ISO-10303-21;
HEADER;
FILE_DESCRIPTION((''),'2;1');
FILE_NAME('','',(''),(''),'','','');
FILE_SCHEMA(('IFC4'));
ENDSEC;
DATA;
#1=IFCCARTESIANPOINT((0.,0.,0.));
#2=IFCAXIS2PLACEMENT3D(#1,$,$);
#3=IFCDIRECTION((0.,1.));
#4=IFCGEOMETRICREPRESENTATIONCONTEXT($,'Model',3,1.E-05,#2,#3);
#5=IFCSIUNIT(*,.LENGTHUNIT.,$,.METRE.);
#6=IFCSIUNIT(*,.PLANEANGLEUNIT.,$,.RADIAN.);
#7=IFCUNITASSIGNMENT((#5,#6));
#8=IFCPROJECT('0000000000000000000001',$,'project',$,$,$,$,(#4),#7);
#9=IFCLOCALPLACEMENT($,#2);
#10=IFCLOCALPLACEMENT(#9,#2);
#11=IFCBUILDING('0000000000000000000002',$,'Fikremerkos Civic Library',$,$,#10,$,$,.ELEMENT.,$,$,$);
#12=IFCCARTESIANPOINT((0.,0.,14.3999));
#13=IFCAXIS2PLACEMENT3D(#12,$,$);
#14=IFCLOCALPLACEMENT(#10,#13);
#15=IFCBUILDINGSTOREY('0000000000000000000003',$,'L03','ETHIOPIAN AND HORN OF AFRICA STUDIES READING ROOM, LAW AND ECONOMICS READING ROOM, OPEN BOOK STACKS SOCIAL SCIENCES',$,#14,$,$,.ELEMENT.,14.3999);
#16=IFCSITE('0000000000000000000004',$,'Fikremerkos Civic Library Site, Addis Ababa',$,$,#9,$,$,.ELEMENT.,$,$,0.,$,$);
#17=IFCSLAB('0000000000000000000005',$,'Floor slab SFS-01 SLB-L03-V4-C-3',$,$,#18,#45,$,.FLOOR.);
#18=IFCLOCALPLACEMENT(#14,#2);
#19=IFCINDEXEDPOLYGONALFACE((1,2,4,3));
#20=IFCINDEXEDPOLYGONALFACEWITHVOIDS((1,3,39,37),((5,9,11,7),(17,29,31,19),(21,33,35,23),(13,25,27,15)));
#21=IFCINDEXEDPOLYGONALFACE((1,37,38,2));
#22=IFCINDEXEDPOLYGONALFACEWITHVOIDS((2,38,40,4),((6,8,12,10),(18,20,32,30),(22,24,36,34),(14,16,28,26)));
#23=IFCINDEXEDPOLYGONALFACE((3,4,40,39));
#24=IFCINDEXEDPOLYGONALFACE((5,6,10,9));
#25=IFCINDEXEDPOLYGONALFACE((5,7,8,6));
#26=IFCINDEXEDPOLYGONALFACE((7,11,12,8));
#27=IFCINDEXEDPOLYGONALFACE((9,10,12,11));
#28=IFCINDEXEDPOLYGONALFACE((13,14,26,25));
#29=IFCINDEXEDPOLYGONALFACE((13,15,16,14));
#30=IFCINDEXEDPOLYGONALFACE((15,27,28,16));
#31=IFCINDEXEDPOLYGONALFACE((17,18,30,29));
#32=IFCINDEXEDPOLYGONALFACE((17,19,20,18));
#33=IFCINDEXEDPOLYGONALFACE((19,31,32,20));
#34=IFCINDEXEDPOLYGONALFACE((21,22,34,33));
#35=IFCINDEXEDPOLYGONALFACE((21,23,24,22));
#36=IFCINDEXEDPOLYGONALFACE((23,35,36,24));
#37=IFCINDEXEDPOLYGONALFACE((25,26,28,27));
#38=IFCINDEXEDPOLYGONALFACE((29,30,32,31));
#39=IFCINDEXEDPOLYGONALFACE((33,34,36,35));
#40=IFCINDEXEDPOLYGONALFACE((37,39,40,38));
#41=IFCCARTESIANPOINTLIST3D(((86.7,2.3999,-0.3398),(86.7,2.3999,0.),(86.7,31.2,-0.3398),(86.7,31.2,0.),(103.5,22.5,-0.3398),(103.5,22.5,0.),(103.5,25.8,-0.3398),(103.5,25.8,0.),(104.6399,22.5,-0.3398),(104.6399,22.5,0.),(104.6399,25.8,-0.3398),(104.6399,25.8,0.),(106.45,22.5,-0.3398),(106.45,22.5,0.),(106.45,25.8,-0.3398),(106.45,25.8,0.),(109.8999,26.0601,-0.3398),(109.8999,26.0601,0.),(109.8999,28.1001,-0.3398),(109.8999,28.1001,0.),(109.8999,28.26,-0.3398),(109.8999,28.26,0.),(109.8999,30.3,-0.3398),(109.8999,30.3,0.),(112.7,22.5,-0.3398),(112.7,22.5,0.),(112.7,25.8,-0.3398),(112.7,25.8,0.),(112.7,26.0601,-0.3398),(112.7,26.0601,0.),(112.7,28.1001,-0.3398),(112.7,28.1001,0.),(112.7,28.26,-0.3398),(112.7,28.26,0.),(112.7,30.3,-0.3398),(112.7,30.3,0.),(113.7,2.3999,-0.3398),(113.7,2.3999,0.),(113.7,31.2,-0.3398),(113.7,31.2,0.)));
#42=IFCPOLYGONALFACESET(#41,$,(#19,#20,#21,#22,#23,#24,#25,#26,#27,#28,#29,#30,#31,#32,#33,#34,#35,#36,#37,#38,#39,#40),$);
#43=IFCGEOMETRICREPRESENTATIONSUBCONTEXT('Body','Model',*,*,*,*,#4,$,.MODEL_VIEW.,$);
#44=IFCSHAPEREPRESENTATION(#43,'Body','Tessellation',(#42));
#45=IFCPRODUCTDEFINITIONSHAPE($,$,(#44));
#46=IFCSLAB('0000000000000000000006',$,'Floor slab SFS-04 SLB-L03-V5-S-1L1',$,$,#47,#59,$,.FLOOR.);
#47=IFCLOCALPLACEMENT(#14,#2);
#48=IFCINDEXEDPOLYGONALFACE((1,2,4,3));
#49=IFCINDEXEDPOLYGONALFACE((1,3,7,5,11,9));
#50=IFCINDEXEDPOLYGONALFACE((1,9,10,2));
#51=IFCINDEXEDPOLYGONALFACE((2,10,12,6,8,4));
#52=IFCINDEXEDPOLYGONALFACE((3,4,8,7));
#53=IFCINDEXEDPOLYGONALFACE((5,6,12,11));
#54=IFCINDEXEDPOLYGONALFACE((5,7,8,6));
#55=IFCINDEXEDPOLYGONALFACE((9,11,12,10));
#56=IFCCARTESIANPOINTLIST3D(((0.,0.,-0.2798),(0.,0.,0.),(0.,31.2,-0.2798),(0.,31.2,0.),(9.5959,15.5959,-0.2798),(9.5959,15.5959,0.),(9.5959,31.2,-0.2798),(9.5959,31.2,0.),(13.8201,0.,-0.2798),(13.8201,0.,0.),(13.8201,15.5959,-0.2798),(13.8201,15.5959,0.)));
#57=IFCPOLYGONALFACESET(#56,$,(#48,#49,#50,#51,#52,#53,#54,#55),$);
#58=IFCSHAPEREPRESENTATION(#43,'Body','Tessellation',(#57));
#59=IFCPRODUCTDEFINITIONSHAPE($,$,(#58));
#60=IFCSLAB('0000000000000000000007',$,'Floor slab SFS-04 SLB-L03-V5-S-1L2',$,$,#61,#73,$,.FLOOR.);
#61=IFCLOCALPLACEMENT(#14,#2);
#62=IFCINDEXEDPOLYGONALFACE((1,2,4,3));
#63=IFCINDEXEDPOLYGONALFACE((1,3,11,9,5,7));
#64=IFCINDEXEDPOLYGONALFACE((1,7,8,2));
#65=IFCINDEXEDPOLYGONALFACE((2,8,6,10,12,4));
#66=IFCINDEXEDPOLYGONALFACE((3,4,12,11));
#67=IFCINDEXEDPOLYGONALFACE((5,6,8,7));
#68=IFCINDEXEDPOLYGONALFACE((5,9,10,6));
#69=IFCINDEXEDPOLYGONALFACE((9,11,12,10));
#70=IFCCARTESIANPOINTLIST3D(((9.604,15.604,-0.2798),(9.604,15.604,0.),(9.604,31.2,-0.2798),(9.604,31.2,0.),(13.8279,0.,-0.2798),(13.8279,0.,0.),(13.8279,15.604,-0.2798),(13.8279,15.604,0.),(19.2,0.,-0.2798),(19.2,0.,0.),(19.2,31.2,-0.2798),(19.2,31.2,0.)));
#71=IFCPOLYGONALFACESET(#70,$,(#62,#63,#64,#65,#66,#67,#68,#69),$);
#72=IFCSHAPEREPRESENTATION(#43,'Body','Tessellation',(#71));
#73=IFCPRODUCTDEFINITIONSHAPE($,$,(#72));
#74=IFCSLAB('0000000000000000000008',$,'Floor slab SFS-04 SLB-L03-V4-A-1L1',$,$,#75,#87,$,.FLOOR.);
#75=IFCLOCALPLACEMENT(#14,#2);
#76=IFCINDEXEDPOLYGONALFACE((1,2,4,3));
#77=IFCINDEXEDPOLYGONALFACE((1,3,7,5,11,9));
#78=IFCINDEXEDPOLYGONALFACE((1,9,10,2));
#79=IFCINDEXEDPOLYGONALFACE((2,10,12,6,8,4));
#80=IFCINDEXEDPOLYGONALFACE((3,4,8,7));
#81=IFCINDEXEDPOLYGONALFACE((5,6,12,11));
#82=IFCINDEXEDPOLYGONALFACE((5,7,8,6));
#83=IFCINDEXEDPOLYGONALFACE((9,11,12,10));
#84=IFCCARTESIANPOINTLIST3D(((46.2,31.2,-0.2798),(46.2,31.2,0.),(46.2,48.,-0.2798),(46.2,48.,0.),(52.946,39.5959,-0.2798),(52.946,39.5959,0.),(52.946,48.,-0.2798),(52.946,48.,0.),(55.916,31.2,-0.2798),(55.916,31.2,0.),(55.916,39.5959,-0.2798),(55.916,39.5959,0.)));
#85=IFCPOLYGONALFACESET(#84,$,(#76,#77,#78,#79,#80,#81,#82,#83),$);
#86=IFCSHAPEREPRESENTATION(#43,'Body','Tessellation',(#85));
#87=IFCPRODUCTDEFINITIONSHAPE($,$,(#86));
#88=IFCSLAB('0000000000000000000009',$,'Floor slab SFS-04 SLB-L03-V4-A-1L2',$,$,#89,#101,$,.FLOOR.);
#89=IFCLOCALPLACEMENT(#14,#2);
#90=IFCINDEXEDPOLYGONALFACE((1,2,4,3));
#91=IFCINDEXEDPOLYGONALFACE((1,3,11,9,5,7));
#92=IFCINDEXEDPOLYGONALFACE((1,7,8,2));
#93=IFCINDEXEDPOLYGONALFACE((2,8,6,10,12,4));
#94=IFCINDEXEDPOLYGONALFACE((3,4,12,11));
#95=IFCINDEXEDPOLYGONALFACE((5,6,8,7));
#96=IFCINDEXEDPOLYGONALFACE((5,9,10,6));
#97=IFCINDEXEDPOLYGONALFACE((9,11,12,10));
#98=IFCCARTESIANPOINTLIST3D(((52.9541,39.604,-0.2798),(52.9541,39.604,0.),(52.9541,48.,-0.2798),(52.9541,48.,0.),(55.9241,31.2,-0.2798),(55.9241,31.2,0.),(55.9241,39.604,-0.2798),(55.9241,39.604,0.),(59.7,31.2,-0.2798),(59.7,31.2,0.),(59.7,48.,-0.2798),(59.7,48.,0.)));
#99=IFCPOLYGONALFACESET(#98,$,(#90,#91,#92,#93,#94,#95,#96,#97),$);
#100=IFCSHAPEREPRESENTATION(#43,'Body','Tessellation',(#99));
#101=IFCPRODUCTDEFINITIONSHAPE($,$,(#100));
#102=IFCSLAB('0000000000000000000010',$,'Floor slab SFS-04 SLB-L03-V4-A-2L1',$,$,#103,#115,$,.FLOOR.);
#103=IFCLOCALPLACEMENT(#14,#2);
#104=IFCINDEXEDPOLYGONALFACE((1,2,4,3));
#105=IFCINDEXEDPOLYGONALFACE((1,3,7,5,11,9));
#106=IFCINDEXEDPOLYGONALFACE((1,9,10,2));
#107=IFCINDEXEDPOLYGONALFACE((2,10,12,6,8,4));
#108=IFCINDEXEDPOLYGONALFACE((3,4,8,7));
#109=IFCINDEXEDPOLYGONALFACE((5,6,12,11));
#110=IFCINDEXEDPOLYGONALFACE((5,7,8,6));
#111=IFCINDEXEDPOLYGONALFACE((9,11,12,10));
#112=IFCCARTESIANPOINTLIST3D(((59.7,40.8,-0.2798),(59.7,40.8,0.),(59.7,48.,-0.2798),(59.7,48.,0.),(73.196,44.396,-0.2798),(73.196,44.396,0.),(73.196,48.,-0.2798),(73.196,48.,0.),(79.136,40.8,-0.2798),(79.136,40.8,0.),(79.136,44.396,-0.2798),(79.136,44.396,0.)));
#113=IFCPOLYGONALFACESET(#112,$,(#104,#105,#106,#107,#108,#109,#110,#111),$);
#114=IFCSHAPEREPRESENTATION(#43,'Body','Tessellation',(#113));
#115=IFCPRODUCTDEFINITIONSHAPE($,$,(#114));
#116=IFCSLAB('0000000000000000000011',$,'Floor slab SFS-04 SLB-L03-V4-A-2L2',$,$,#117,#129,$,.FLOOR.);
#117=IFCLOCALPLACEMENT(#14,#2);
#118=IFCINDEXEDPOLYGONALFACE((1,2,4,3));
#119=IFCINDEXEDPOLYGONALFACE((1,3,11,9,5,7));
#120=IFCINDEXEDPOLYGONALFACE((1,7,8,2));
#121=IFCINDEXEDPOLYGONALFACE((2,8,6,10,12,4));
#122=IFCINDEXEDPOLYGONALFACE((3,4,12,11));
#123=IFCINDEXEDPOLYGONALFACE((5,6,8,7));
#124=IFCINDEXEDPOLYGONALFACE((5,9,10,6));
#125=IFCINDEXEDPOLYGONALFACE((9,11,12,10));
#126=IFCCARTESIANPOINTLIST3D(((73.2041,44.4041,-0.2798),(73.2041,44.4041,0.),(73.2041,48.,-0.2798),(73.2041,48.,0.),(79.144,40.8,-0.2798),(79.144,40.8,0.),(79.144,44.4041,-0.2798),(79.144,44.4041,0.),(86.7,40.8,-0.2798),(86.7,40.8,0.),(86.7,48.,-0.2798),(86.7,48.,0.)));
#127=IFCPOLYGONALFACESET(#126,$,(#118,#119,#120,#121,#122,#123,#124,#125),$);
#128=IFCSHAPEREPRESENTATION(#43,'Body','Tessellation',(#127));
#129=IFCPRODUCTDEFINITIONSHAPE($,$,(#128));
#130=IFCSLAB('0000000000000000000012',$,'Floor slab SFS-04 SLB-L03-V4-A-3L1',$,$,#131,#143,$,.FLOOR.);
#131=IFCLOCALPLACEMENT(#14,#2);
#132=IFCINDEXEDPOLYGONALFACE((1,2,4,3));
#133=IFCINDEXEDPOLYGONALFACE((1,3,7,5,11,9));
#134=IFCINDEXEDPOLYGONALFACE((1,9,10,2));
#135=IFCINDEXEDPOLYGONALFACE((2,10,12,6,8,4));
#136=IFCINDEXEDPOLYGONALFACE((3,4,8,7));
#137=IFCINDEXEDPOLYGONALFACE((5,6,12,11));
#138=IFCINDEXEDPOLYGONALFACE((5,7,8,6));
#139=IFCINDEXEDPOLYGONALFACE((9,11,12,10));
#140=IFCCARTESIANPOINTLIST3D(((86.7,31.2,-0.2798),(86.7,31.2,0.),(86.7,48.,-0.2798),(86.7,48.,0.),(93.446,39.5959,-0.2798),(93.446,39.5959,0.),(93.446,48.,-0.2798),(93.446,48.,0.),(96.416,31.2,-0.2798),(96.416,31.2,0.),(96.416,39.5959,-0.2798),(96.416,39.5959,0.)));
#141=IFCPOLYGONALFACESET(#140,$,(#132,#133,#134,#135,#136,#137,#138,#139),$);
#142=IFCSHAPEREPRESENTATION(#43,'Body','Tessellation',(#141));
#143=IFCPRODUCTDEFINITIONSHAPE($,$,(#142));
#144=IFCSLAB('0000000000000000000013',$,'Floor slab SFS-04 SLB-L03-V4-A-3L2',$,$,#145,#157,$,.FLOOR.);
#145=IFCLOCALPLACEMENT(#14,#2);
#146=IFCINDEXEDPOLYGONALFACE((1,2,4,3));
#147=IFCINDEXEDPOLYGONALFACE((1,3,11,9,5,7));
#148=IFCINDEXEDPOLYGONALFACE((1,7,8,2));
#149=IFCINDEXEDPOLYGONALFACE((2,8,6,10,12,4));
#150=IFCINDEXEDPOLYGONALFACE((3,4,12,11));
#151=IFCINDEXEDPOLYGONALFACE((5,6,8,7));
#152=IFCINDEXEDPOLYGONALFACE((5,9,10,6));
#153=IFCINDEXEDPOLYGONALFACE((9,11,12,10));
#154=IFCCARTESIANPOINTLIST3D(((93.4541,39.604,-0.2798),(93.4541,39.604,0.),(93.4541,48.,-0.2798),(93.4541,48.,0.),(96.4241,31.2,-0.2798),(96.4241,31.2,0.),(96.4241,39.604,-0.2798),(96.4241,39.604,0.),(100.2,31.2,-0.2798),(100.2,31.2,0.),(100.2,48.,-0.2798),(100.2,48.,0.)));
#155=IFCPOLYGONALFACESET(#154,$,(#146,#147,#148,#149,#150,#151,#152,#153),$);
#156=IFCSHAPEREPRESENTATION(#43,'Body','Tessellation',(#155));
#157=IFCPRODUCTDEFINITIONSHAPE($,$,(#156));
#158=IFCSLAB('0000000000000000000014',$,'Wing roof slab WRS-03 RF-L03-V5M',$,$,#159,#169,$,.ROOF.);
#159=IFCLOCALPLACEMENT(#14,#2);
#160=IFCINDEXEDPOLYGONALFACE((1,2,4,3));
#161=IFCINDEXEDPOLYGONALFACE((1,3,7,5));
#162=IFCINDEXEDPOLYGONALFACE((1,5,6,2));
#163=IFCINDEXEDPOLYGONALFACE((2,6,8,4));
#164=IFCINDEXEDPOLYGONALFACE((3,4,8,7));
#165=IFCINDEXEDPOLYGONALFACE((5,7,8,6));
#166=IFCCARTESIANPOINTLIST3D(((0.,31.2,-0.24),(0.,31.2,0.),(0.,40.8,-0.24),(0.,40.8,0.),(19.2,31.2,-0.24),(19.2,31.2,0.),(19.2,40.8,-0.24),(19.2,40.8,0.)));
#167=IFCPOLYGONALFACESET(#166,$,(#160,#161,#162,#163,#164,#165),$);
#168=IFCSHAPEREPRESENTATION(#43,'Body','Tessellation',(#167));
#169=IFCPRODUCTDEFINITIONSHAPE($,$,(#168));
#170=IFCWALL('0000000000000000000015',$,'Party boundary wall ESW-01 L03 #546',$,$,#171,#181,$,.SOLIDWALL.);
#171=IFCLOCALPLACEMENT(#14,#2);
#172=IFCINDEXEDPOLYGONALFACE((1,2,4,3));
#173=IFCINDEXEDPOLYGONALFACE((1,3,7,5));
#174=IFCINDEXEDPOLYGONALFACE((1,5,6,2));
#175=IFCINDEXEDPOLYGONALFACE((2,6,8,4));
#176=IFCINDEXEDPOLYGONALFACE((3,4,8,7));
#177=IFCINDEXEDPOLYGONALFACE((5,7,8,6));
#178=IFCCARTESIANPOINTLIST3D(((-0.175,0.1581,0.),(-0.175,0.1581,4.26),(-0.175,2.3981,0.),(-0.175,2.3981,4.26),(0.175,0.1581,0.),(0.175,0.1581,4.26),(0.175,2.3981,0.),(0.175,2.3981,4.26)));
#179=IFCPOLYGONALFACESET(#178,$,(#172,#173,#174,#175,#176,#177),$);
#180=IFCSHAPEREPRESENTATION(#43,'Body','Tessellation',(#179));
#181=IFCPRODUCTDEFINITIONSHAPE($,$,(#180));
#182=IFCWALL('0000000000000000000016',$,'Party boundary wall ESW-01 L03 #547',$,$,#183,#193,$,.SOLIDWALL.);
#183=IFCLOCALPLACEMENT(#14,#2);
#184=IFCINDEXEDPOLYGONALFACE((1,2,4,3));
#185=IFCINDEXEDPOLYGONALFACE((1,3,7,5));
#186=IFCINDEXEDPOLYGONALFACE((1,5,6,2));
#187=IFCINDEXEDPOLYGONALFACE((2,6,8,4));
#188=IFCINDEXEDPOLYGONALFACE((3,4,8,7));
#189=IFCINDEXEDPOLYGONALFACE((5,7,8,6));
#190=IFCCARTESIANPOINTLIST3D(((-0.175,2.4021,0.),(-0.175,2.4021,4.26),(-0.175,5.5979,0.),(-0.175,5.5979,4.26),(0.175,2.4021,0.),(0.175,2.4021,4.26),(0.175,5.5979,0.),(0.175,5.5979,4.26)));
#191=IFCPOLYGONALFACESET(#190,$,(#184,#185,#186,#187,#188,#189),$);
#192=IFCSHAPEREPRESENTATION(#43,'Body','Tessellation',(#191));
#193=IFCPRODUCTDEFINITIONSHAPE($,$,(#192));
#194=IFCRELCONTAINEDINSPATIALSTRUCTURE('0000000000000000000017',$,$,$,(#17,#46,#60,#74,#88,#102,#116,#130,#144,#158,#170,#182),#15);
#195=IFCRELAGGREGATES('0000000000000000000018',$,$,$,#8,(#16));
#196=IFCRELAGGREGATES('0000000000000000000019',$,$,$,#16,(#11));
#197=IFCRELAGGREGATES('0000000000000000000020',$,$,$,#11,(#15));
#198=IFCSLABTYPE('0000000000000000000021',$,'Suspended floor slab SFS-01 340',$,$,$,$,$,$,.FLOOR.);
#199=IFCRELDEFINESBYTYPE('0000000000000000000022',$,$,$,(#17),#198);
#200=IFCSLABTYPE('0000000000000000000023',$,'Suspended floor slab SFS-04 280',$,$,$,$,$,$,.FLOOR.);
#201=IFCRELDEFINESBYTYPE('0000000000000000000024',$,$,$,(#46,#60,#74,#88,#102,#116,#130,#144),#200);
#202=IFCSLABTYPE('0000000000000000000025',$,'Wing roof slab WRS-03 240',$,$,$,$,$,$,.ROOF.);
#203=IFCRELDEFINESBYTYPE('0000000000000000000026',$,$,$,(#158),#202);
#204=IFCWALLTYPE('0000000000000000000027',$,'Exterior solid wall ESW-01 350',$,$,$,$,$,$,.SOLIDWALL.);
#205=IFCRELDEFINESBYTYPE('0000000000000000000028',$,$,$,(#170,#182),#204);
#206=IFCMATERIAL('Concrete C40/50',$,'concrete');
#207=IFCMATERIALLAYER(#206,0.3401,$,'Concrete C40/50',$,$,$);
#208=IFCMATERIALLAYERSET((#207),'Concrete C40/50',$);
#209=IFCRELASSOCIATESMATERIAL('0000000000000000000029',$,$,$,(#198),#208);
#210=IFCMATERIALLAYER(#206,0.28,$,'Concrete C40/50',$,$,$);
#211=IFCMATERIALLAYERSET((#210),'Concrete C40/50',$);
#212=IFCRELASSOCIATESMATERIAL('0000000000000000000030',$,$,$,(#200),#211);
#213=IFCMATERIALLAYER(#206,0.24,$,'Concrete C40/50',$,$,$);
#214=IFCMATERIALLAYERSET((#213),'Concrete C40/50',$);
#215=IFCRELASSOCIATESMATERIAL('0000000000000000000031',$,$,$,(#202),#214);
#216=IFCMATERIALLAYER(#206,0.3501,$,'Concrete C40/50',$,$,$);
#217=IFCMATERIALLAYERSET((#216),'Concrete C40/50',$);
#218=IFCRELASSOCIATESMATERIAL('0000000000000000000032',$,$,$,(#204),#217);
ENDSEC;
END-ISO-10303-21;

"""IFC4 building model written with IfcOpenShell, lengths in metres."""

from ifc_helpers import new_model, si_unit, direction, frame, frame_2d, origin, place, context, subcontext, project, spatial, polyline, rectangle, outline, extrude, material, layer, layer_set, type_object, element, save


model = new_model("IFC4")

# Units and contexts
model_context = context("Model", 3, precision=1e-05, world=origin(), true_north=direction((0.0, 1.0)))
body_context = subcontext(model_context, "Body", "Model", "MODEL_VIEW")
ifc_project = project(units=[si_unit("LENGTHUNIT", "METRE"), si_unit("PLANEANGLEUNIT", "RADIAN")], contexts=[model_context])

# Site, building, storey
site_placement = place(None, origin())
site = spatial("IfcSite", under=ifc_project, at=site_placement, Name="Fikremerkos Civic Library Site, Addis Ababa", CompositionType="ELEMENT", RefElevation=0.0)
building_placement = place(site_placement, origin())
building = spatial("IfcBuilding", under=site, at=building_placement, Name="Fikremerkos Civic Library", CompositionType="ELEMENT")
storey_placement = place(building_placement, frame((0.0, 0.0, 14.3999)))
storey = spatial("IfcBuildingStorey", under=building, at=storey_placement, Name="L03", Description="ETHIOPIAN AND HORN OF AFRICA STUDIES READING ROOM, LAW AND ECONOMICS READING ROOM, OPEN BOOK STACKS SOCIAL SCIENCES", CompositionType="ELEMENT", Elevation=14.3999)

# Shared definitions
ifc_material_1 = material(Name="Concrete C40/50", Category="concrete")

# Slabs
ifc_layer_1 = layer(ifc_material_1, 0.3401, Name="Concrete C40/50")
ifc_layer_set_1 = layer_set([ifc_layer_1], Name="Concrete C40/50")
slab_type_1 = type_object("IfcSlabType", Name="Suspended floor slab SFS-01 340", PredefinedType="FLOOR", material=ifc_layer_set_1)
slab_1_placement = place(storey_placement, frame((0.0, 0.0, -0.3398)))
element("IfcSlab", 1, at=slab_1_placement, inside=storey, type_object=slab_type_1, Name="Floor slab SFS-01 SLB-L03-V4-C-3", PredefinedType="FLOOR", context=body_context, shape_type="SweptSolid", body=[
    extrude(outline(polyline([(86.7, 2.3999), (113.7, 2.3999), (113.7, 31.2), (86.7, 31.2), (86.7, 2.3999)]), holes=[polyline([(106.45, 22.5), (112.7, 22.5), (112.7, 25.8), (106.45, 25.8), (106.45, 22.5)]), polyline([(109.8999, 26.0601), (112.7, 26.0601), (112.7, 28.1001), (109.8999, 28.1001), (109.8999, 26.0601)]), polyline([(109.8999, 28.26), (112.7, 28.26), (112.7, 30.3), (109.8999, 30.3), (109.8999, 28.26)]), polyline([(103.5, 22.5), (104.6399, 22.5), (104.6399, 25.8), (103.5, 25.8), (103.5, 22.5)])]), origin(), (0.0, 0.0, 1.0), 0.3398),
])
ifc_layer_2 = layer(ifc_material_1, 0.28, Name="Concrete C40/50")
ifc_layer_set_2 = layer_set([ifc_layer_2], Name="Concrete C40/50")
slab_type_2 = type_object("IfcSlabType", Name="Suspended floor slab SFS-04 280", PredefinedType="FLOOR", material=ifc_layer_set_2)
slab_2_placement = place(storey_placement, frame((0.0, 0.0, -0.2798)))
element("IfcSlab", 2, at=slab_2_placement, inside=storey, type_object=slab_type_2, Name="Floor slab SFS-04 SLB-L03-V5-S-1L1", PredefinedType="FLOOR", context=body_context, shape_type="SweptSolid", body=[
    extrude(outline(polyline([(0.0, 0.0), (13.8201, 0.0), (13.8201, 15.5959), (9.5959, 15.5959), (9.5959, 31.2), (0.0, 31.2), (0.0, 0.0)])), origin(), (0.0, 0.0, 1.0), 0.2798),
])
slab_3_placement = place(storey_placement, frame((0.0, 0.0, -0.2798)))
element("IfcSlab", 3, at=slab_3_placement, inside=storey, type_object=slab_type_2, Name="Floor slab SFS-04 SLB-L03-V5-S-1L2", PredefinedType="FLOOR", context=body_context, shape_type="SweptSolid", body=[
    extrude(outline(polyline([(13.8279, 0.0), (19.2, 0.0), (19.2, 31.2), (9.604, 31.2), (9.604, 15.604), (13.8279, 15.604), (13.8279, 0.0)])), origin(), (0.0, 0.0, 1.0), 0.2798),
])
slab_4_placement = place(storey_placement, frame((0.0, 0.0, -0.2798)))
element("IfcSlab", 4, at=slab_4_placement, inside=storey, type_object=slab_type_2, Name="Floor slab SFS-04 SLB-L03-V4-A-1L1", PredefinedType="FLOOR", context=body_context, shape_type="SweptSolid", body=[
    extrude(outline(polyline([(46.2, 31.2), (55.916, 31.2), (55.916, 39.5959), (52.946, 39.5959), (52.946, 48.0), (46.2, 48.0), (46.2, 31.2)])), origin(), (0.0, 0.0, 1.0), 0.2798),
])
slab_5_placement = place(storey_placement, frame((0.0, 0.0, -0.2798)))
element("IfcSlab", 5, at=slab_5_placement, inside=storey, type_object=slab_type_2, Name="Floor slab SFS-04 SLB-L03-V4-A-1L2", PredefinedType="FLOOR", context=body_context, shape_type="SweptSolid", body=[
    extrude(outline(polyline([(55.9241, 31.2), (59.7, 31.2), (59.7, 48.0), (52.9541, 48.0), (52.9541, 39.604), (55.9241, 39.604), (55.9241, 31.2)])), origin(), (0.0, 0.0, 1.0), 0.2798),
])
slab_6_placement = place(storey_placement, frame((0.0, 0.0, -0.2798)))
element("IfcSlab", 6, at=slab_6_placement, inside=storey, type_object=slab_type_2, Name="Floor slab SFS-04 SLB-L03-V4-A-2L1", PredefinedType="FLOOR", context=body_context, shape_type="SweptSolid", body=[
    extrude(outline(polyline([(59.7, 40.8), (79.136, 40.8), (79.136, 44.396), (73.196, 44.396), (73.196, 48.0), (59.7, 48.0), (59.7, 40.8)])), origin(), (0.0, 0.0, 1.0), 0.2798),
])
slab_7_placement = place(storey_placement, frame((0.0, 0.0, -0.2798)))
element("IfcSlab", 7, at=slab_7_placement, inside=storey, type_object=slab_type_2, Name="Floor slab SFS-04 SLB-L03-V4-A-2L2", PredefinedType="FLOOR", context=body_context, shape_type="SweptSolid", body=[
    extrude(outline(polyline([(79.144, 40.8), (86.7, 40.8), (86.7, 48.0), (73.2041, 48.0), (73.2041, 44.4041), (79.144, 44.4041), (79.144, 40.8)])), origin(), (0.0, 0.0, 1.0), 0.2798),
])
slab_8_placement = place(storey_placement, frame((0.0, 0.0, -0.2798)))
element("IfcSlab", 8, at=slab_8_placement, inside=storey, type_object=slab_type_2, Name="Floor slab SFS-04 SLB-L03-V4-A-3L1", PredefinedType="FLOOR", context=body_context, shape_type="SweptSolid", body=[
    extrude(outline(polyline([(86.7, 31.2), (96.416, 31.2), (96.416, 39.5959), (93.446, 39.5959), (93.446, 48.0), (86.7, 48.0), (86.7, 31.2)])), origin(), (0.0, 0.0, 1.0), 0.2798),
])
slab_9_placement = place(storey_placement, frame((0.0, 0.0, -0.2798)))
element("IfcSlab", 9, at=slab_9_placement, inside=storey, type_object=slab_type_2, Name="Floor slab SFS-04 SLB-L03-V4-A-3L2", PredefinedType="FLOOR", context=body_context, shape_type="SweptSolid", body=[
    extrude(outline(polyline([(96.4241, 31.2), (100.2, 31.2), (100.2, 48.0), (93.4541, 48.0), (93.4541, 39.604), (96.4241, 39.604), (96.4241, 31.2)])), origin(), (0.0, 0.0, 1.0), 0.2798),
])
ifc_layer_3 = layer(ifc_material_1, 0.24, Name="Concrete C40/50")
ifc_layer_set_3 = layer_set([ifc_layer_3], Name="Concrete C40/50")
slab_type_3 = type_object("IfcSlabType", Name="Wing roof slab WRS-03 240", PredefinedType="ROOF", material=ifc_layer_set_3)
slab_10_placement = place(storey_placement, frame((0.0, 0.0, -0.24)))
element("IfcSlab", 10, at=slab_10_placement, inside=storey, type_object=slab_type_3, Name="Wing roof slab WRS-03 RF-L03-V5M", PredefinedType="ROOF", context=body_context, shape_type="SweptSolid", body=[
    extrude(outline(polyline([(0.0, 31.2), (19.2, 31.2), (19.2, 40.8), (0.0, 40.8), (0.0, 31.2)])), origin(), (0.0, 0.0, 1.0), 0.24),
])

# Walls
ifc_layer_4 = layer(ifc_material_1, 0.3501, Name="Concrete C40/50")
ifc_layer_set_4 = layer_set([ifc_layer_4], Name="Concrete C40/50")
wall_type = type_object("IfcWallType", Name="Exterior solid wall ESW-01 350", PredefinedType="SOLIDWALL", material=ifc_layer_set_4)
wall_1_placement = place(storey_placement, frame((0.0, 0.158, 0.0), z_axis=(0.0, 0.0, 1.0), x_axis=(0.0, 1.0, 0.0)))
element("IfcWall", 11, at=wall_1_placement, inside=storey, type_object=wall_type, Name="Party boundary wall ESW-01 L03 #546", PredefinedType="SOLIDWALL", context=body_context, shape_type="SweptSolid", body=[
    extrude(rectangle(XDim=2.24, YDim=0.3501, at=frame_2d((1.1201, 0.0))), origin(), (0.0, 0.0, 1.0), 4.26),
])
wall_2_placement = place(storey_placement, frame((0.0, 2.4021, 0.0), z_axis=(0.0, 0.0, 1.0), x_axis=(0.0, 1.0, 0.0)))
element("IfcWall", 12, at=wall_2_placement, inside=storey, type_object=wall_type, Name="Party boundary wall ESW-01 L03 #547", PredefinedType="SOLIDWALL", context=body_context, shape_type="SweptSolid", body=[
    extrude(rectangle(XDim=3.1958, YDim=0.3501, at=frame_2d((1.5979, 0.0))), origin(), (0.0, 0.0, 1.0), 4.26),
])

save(model, "model.ifc")
